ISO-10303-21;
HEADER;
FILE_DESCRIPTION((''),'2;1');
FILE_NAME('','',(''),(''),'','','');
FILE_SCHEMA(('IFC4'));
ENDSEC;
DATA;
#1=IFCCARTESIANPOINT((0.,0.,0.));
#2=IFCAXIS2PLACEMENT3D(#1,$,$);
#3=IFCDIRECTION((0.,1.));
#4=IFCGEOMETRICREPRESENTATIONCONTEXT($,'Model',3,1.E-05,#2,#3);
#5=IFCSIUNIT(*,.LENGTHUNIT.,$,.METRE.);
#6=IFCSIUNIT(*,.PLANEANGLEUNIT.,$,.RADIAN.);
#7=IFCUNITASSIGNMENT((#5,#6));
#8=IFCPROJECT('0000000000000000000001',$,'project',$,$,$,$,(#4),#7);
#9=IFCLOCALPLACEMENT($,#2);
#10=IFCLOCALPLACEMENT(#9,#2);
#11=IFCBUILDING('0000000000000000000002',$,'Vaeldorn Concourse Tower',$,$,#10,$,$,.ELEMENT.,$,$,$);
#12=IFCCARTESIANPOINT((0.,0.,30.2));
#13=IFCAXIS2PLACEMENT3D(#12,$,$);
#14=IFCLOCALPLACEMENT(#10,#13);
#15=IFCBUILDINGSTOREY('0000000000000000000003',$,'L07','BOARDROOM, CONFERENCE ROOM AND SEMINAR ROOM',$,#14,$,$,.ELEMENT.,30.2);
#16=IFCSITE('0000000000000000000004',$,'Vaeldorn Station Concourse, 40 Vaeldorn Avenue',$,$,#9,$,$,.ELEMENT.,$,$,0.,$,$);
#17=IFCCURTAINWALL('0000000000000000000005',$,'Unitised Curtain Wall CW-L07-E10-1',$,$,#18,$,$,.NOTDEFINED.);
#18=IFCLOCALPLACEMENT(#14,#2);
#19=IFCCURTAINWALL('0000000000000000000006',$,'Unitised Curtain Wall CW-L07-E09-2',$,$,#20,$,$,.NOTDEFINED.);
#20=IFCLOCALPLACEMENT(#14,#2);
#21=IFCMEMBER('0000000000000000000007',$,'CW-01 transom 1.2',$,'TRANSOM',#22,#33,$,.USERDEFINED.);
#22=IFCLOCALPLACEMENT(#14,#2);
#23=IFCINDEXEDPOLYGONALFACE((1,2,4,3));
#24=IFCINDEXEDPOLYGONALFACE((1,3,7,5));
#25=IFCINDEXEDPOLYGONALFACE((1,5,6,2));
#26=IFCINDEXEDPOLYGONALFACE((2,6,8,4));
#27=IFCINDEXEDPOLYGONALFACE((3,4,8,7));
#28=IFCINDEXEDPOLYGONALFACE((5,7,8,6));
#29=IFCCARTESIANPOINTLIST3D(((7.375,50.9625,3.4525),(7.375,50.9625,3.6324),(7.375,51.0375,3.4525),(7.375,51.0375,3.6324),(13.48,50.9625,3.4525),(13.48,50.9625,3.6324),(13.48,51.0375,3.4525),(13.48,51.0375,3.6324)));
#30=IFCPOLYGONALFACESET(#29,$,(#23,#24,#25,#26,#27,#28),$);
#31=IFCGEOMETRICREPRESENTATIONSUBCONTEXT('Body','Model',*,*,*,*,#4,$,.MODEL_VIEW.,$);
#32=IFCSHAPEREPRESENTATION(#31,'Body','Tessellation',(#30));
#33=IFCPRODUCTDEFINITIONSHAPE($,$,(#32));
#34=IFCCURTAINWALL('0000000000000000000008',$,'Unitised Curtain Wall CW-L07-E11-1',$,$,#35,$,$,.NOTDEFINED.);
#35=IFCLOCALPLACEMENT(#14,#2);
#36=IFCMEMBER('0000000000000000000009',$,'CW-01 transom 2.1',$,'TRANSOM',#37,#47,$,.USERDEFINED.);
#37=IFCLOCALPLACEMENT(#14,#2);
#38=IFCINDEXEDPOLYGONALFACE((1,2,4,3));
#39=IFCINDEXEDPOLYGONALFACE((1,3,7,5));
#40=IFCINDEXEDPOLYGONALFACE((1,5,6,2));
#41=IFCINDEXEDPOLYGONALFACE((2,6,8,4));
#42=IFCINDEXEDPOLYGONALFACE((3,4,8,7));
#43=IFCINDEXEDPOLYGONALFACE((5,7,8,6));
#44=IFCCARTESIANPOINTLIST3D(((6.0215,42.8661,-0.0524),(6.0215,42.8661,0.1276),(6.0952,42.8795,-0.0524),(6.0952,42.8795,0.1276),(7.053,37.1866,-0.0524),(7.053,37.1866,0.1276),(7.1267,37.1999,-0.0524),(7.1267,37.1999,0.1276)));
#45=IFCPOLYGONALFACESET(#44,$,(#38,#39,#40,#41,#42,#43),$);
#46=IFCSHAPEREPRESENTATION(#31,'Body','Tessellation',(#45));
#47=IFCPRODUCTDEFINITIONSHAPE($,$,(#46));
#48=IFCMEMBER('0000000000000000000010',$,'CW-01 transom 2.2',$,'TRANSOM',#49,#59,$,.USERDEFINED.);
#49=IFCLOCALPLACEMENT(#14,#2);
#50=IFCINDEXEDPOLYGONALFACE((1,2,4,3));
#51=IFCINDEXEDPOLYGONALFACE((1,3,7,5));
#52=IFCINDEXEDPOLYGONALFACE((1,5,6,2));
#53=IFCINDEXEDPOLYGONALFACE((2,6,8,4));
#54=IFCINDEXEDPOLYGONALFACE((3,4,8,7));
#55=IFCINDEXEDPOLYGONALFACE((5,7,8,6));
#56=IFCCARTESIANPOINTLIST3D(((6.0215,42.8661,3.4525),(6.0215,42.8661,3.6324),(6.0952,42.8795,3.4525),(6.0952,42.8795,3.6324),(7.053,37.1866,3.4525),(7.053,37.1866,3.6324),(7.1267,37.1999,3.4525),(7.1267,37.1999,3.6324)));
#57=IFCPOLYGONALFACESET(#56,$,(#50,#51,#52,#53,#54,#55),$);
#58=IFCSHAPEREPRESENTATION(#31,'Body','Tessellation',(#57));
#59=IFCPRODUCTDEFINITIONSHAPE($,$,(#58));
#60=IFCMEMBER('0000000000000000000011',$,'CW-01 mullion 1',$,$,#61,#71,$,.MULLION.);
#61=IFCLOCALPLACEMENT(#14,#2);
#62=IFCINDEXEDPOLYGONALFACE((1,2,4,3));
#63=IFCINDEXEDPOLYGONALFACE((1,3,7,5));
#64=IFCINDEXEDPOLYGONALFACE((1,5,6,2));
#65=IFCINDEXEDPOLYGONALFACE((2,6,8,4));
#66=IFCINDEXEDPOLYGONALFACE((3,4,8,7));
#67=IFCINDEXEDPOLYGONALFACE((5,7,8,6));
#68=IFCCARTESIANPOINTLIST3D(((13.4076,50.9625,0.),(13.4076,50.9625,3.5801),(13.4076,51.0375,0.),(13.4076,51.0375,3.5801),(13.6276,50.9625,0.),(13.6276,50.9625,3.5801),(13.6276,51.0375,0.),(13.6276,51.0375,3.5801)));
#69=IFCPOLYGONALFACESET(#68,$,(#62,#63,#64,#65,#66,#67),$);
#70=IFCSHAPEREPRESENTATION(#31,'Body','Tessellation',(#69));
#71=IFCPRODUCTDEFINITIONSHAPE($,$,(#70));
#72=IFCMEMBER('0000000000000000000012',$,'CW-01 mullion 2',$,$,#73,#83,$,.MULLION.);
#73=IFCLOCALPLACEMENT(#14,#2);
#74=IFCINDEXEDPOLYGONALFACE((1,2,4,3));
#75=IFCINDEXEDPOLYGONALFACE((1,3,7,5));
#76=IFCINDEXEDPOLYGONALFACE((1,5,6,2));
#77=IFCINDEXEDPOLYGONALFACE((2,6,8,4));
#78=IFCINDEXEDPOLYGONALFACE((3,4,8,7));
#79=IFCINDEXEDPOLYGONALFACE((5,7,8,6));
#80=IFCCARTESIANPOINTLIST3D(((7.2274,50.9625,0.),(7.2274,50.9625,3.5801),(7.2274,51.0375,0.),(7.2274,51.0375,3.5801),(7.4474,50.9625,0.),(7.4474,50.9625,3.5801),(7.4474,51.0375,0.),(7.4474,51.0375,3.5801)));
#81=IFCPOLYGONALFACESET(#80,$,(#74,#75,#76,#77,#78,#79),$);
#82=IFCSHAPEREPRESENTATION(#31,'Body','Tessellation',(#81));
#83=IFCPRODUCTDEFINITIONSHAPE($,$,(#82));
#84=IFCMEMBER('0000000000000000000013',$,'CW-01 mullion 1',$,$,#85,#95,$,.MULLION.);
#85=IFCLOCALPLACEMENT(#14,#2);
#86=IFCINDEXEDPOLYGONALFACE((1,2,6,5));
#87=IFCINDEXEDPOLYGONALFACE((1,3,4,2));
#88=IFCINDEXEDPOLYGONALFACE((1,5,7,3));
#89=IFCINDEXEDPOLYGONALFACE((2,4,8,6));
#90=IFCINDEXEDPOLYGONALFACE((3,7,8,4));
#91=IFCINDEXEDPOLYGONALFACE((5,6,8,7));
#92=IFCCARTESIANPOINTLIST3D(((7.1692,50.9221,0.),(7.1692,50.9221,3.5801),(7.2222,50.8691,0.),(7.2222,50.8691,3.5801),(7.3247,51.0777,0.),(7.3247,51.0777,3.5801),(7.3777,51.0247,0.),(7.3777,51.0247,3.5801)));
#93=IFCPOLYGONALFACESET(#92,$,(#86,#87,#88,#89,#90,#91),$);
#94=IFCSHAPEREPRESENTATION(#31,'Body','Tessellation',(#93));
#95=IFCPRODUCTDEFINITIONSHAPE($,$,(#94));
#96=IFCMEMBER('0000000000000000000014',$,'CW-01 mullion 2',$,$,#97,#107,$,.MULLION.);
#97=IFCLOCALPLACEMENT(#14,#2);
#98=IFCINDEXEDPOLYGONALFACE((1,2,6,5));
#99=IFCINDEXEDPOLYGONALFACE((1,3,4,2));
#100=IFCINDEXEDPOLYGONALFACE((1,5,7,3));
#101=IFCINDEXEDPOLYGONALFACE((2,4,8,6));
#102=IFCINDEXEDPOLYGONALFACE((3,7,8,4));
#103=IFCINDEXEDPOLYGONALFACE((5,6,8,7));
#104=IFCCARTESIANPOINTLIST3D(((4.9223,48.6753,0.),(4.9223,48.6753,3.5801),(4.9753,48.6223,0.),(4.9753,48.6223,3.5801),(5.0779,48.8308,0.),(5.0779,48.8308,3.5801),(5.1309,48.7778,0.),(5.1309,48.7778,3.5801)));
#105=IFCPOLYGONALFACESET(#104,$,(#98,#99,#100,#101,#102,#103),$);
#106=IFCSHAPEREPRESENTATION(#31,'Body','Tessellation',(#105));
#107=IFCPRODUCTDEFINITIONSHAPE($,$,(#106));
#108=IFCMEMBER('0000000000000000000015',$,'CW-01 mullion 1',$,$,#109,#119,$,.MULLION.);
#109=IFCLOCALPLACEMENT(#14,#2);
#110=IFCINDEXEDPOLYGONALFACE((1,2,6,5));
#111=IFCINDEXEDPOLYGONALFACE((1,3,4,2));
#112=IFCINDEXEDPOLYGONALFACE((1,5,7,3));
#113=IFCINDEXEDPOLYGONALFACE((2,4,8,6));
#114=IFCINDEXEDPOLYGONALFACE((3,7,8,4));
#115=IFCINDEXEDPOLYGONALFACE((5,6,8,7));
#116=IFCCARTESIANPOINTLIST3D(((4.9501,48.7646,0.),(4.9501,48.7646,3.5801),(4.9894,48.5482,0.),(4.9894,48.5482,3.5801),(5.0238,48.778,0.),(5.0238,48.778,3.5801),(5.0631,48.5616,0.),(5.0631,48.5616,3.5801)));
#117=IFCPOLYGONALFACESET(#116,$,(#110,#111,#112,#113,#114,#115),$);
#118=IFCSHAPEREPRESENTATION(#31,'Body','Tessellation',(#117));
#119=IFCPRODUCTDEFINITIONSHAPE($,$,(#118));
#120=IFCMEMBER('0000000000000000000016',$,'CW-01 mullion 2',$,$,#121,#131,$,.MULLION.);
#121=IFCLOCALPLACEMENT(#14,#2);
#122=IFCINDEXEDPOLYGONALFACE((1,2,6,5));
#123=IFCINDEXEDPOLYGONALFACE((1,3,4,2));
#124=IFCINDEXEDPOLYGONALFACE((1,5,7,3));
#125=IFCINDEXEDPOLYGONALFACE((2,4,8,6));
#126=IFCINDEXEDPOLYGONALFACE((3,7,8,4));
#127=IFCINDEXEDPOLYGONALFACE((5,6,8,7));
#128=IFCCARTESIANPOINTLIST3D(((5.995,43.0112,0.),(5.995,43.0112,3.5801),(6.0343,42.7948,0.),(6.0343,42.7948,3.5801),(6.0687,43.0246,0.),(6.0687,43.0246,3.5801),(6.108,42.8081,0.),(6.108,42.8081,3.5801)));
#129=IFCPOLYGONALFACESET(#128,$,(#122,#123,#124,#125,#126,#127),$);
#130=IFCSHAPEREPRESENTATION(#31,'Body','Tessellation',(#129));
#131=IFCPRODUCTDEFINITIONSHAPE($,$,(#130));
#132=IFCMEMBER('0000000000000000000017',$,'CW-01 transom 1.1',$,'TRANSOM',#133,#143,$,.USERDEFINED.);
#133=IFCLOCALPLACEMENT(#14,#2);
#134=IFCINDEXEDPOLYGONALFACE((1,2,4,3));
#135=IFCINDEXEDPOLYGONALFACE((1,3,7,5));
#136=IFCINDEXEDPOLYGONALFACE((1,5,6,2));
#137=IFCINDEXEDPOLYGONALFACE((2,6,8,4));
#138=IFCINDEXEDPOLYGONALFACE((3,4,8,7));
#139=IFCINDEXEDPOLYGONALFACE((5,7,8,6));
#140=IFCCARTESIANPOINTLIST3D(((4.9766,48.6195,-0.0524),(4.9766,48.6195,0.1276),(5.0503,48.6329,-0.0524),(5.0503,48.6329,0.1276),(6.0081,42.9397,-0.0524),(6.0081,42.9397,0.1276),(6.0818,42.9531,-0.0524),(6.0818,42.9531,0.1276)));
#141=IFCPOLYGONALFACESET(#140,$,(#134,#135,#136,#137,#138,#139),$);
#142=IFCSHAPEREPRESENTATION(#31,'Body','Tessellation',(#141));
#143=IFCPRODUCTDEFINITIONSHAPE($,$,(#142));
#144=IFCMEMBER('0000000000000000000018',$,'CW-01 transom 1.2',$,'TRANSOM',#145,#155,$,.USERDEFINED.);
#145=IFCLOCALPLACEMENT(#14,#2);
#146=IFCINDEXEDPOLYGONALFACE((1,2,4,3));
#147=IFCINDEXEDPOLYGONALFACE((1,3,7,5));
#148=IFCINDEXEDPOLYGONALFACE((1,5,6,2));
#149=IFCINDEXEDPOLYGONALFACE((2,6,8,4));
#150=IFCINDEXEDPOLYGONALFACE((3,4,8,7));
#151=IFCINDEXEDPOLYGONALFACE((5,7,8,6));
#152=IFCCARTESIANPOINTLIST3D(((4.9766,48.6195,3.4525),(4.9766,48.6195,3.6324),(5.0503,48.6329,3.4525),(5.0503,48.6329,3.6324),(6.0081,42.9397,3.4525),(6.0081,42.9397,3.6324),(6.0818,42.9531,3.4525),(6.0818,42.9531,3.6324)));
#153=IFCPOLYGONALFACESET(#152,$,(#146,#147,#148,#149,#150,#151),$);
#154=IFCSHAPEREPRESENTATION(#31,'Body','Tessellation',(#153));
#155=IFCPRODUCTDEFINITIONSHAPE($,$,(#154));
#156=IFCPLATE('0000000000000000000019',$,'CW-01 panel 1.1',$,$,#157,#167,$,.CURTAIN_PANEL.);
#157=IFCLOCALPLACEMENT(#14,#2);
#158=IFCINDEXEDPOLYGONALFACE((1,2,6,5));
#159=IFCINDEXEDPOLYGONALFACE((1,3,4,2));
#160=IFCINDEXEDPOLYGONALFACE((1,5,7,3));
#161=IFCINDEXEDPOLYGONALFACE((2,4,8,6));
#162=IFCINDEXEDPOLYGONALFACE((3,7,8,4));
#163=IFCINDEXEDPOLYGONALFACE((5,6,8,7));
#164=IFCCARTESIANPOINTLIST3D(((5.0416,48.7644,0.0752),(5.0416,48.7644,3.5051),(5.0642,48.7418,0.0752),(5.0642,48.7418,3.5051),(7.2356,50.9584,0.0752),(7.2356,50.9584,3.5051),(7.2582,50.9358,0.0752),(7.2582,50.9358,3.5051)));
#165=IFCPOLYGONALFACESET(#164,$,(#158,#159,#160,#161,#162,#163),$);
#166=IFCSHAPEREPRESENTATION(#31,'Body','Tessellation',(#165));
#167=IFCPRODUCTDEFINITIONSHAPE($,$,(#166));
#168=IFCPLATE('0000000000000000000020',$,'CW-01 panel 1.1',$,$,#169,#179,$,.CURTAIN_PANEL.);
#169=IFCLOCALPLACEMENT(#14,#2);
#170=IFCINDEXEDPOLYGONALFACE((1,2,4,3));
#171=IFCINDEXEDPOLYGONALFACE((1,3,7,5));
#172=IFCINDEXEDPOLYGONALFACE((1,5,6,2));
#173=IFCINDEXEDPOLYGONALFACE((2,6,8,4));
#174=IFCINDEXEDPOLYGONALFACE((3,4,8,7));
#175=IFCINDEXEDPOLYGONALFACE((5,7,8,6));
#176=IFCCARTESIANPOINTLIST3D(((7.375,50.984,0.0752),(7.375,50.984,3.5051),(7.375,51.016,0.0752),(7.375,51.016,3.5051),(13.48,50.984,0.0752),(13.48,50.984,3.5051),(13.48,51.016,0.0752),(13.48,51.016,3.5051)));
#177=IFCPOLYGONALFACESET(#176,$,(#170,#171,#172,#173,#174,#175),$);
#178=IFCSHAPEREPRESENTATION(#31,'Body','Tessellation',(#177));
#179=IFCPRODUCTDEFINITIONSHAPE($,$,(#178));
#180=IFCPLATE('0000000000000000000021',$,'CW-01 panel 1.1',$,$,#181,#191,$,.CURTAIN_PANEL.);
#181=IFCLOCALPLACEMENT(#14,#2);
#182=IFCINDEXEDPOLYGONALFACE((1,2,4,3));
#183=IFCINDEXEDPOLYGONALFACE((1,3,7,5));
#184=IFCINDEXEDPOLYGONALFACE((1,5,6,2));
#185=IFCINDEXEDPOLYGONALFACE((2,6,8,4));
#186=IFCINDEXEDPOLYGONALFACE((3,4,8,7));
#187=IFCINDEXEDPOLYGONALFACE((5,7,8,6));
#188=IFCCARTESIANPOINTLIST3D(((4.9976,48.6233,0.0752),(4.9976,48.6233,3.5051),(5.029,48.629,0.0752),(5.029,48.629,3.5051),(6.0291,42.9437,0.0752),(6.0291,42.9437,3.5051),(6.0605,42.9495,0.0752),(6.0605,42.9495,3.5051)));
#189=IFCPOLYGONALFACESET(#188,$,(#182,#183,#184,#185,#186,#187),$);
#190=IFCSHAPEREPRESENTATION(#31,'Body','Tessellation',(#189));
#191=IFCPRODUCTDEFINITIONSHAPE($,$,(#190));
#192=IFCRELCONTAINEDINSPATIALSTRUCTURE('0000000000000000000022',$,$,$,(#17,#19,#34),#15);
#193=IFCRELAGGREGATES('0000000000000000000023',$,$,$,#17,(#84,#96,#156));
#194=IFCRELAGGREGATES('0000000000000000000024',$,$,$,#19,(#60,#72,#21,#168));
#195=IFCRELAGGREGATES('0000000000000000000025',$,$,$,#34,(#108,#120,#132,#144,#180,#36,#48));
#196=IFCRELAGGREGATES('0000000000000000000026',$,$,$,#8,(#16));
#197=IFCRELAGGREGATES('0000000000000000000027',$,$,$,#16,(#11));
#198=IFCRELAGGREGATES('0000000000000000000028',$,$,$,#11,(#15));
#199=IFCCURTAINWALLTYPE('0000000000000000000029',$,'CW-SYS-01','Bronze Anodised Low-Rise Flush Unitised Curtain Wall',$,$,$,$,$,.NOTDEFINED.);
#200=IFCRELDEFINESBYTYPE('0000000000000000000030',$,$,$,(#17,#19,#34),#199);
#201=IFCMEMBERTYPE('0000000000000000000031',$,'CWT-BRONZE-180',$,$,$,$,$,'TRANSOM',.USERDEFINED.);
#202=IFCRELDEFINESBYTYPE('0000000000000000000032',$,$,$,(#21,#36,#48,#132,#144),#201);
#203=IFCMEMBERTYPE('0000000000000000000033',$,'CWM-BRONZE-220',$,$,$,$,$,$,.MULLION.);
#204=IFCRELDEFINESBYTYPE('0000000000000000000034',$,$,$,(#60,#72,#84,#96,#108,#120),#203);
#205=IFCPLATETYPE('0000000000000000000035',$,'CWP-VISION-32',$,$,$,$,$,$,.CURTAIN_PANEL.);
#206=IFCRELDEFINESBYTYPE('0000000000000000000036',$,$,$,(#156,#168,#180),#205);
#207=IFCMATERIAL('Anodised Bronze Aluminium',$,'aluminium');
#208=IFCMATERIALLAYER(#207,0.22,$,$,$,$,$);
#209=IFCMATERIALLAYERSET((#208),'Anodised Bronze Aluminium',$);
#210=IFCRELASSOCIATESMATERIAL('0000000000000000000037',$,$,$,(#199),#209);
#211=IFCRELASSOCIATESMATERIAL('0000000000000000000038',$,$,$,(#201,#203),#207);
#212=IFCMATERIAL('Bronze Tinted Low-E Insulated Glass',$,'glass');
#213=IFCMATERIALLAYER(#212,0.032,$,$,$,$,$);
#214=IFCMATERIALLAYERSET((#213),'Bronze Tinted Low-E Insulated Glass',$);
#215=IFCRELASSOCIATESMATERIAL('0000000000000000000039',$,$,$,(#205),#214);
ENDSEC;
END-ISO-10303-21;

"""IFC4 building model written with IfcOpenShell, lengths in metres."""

from ifc_helpers import new_model, si_unit, direction, frame, origin, origin_2d, place, context, subcontext, project, spatial, rectangle, extrude, source, transform, mapped, material, layer, layer_set, material_profile, profile_set, type_object, element, aggregate, save


model = new_model("IFC4")

# Units and contexts
model_context = context("Model", 3, precision=1e-05, world=origin(), true_north=direction((0.0, 1.0)))
body_context = subcontext(model_context, "Body", "Model", "MODEL_VIEW")
ifc_project = project(units=[si_unit("LENGTHUNIT", "METRE"), si_unit("PLANEANGLEUNIT", "RADIAN")], contexts=[model_context])

# Site, building, storey
site_placement = place(None, origin())
site = spatial("IfcSite", under=ifc_project, at=site_placement, Name="Vaeldorn Station Concourse, 40 Vaeldorn Avenue", CompositionType="ELEMENT", RefElevation=0.0)
building_placement = place(site_placement, origin())
building = spatial("IfcBuilding", under=site, at=building_placement, Name="Vaeldorn Concourse Tower", CompositionType="ELEMENT")
storey_placement = place(building_placement, frame((0.0, 0.0, 30.2)))
storey = spatial("IfcBuildingStorey", under=building, at=storey_placement, Name="L07", Description="BOARDROOM, CONFERENCE ROOM AND SEMINAR ROOM", CompositionType="ELEMENT", Elevation=30.2)

# Curtain walls, members
ifc_material_1 = material(Name="Anodised Bronze Aluminium", Category="aluminium")
ifc_layer_1 = layer(ifc_material_1, 0.22)
ifc_layer_set_1 = layer_set([ifc_layer_1], Name="Anodised Bronze Aluminium")
curtain_wall_type = type_object("IfcCurtainWallType", Name="CW-SYS-01", Description="Bronze Anodised Low-Rise Flush Unitised Curtain Wall", PredefinedType="NOTDEFINED", material=ifc_layer_set_1)
curtain_wall_1_placement = place(storey_placement, origin())
curtain_wall_1 = element("IfcCurtainWall", 1, at=curtain_wall_1_placement, inside=storey, type_object=curtain_wall_type, Name="Unitised Curtain Wall CW-L07-E10-1", PredefinedType="NOTDEFINED")
ifc_material_profile_1 = material_profile(ifc_material_1, rectangle(XDim=0.075, YDim=0.1799, at=origin_2d()), Name="CWT 75x180")
ifc_profile_set_1 = profile_set([ifc_material_profile_1], Name="Anodised Bronze Aluminium")
member_type_1 = type_object("IfcMemberType", Name="CWT-BRONZE-180", ElementType="TRANSOM", PredefinedType="USERDEFINED", material=ifc_profile_set_1)
curtain_wall_2_placement = place(storey_placement, origin())
curtain_wall_2 = element("IfcCurtainWall", 2, at=curtain_wall_2_placement, inside=storey, type_object=curtain_wall_type, Name="Unitised Curtain Wall CW-L07-E09-2", PredefinedType="NOTDEFINED")
shared_shape_1 = source(origin(), body_context, "Body", "SweptSolid", [
    extrude(rectangle(XDim=0.075, YDim=0.1799, at=origin_2d()), origin(), (0.0, 0.0, 1.0), 6.105),
])
member_1_placement = place(storey_placement, frame((13.48, 51.0, 3.5425), z_axis=(-1.0, 0.0, 0.0), x_axis=(0.0, -1.0, 0.0)))
member_1 = element("IfcMember", 3, at=member_1_placement, type_object=member_type_1, Name="CW-01 transom 1.2", ObjectType="TRANSOM", PredefinedType="USERDEFINED", context=body_context, shape_type="MappedRepresentation", body=[
    mapped(shared_shape_1, transform((0.0, 0.0, 0.0), scale=1.0)),
])
curtain_wall_3_placement = place(storey_placement, origin())
curtain_wall_3 = element("IfcCurtainWall", 4, at=curtain_wall_3_placement, inside=storey, type_object=curtain_wall_type, Name="Unitised Curtain Wall CW-L07-E11-1", PredefinedType="NOTDEFINED")
shared_shape_2 = source(origin(), body_context, "Body", "SweptSolid", [
    extrude(rectangle(XDim=0.075, YDim=0.1799, at=origin_2d()), origin(), (0.0, 0.0, 1.0), 5.7725),
])
member_2_placement = place(storey_placement, frame((6.0583, 42.8728, 0.0376), z_axis=(0.178696, -0.983904, 0.0), x_axis=(0.983904, 0.178696, 0.0)))
member_2 = element("IfcMember", 5, at=member_2_placement, type_object=member_type_1, Name="CW-01 transom 2.1", ObjectType="TRANSOM", PredefinedType="USERDEFINED", context=body_context, shape_type="MappedRepresentation", body=[
    mapped(shared_shape_2, transform((0.0, 0.0, 0.0), scale=1.0)),
])
member_3_placement = place(storey_placement, frame((6.0583, 42.8728, 3.5425), z_axis=(0.178696, -0.983904, 0.0), x_axis=(0.983904, 0.178696, 0.0)))
member_3 = element("IfcMember", 6, at=member_3_placement, type_object=member_type_1, Name="CW-01 transom 2.2", ObjectType="TRANSOM", PredefinedType="USERDEFINED", context=body_context, shape_type="MappedRepresentation", body=[
    mapped(shared_shape_2, transform((0.0, 0.0, 0.0), scale=1.0)),
])

# Members
ifc_material_profile_2 = material_profile(ifc_material_1, rectangle(XDim=0.075, YDim=0.22, at=origin_2d()), Name="CWM 75x220")
ifc_profile_set_2 = profile_set([ifc_material_profile_2], Name="Anodised Bronze Aluminium")
member_type_2 = type_object("IfcMemberType", Name="CWM-BRONZE-220", PredefinedType="MULLION", material=ifc_profile_set_2)
shared_shape_3 = source(origin(), body_context, "Body", "SweptSolid", [
    extrude(rectangle(XDim=0.075, YDim=0.22, at=origin_2d()), origin(), (0.0, 0.0, 1.0), 3.5801),
])
member_4_placement = place(storey_placement, frame((13.5176, 51.0, 0.0), z_axis=(0.0, 0.0, 1.0), x_axis=(0.0, -1.0, 0.0)))
member_4 = element("IfcMember", 7, at=member_4_placement, type_object=member_type_2, Name="CW-01 mullion 1", PredefinedType="MULLION", context=body_context, shape_type="MappedRepresentation", body=[
    mapped(shared_shape_3, transform((0.0, 0.0, 0.0), scale=1.0)),
])
member_5_placement = place(storey_placement, frame((7.3374, 51.0, 0.0), z_axis=(0.0, 0.0, 1.0), x_axis=(0.0, -1.0, 0.0)))
member_5 = element("IfcMember", 8, at=member_5_placement, type_object=member_type_2, Name="CW-01 mullion 2", PredefinedType="MULLION", context=body_context, shape_type="MappedRepresentation", body=[
    mapped(shared_shape_3, transform((0.0, 0.0, 0.0), scale=1.0)),
])
member_6_placement = place(storey_placement, frame((7.2734, 50.9734, 0.0), z_axis=(0.0, 0.0, 1.0), x_axis=(0.707107, -0.707107, 0.0)))
member_6 = element("IfcMember", 9, at=member_6_placement, type_object=member_type_2, Name="CW-01 mullion 1", PredefinedType="MULLION", context=body_context, shape_type="MappedRepresentation", body=[
    mapped(shared_shape_3, transform((0.0, 0.0, 0.0), scale=1.0)),
])
member_7_placement = place(storey_placement, frame((5.0266, 48.7266, 0.0), z_axis=(0.0, 0.0, 1.0), x_axis=(0.707107, -0.707107, 0.0)))
member_7 = element("IfcMember", 10, at=member_7_placement, type_object=member_type_2, Name="CW-01 mullion 2", PredefinedType="MULLION", context=body_context, shape_type="MappedRepresentation", body=[
    mapped(shared_shape_3, transform((0.0, 0.0, 0.0), scale=1.0)),
])
member_8_placement = place(storey_placement, frame((5.0066, 48.6631, 0.0), z_axis=(0.0, 0.0, 1.0), x_axis=(0.983905, 0.178693, 0.0)))
member_8 = element("IfcMember", 11, at=member_8_placement, type_object=member_type_2, Name="CW-01 mullion 1", PredefinedType="MULLION", context=body_context, shape_type="MappedRepresentation", body=[
    mapped(shared_shape_3, transform((0.0, 0.0, 0.0), scale=1.0)),
])
member_9_placement = place(storey_placement, frame((6.0515, 42.9097, 0.0), z_axis=(0.0, 0.0, 1.0), x_axis=(0.983905, 0.178693, 0.0)))
member_9 = element("IfcMember", 12, at=member_9_placement, type_object=member_type_2, Name="CW-01 mullion 2", PredefinedType="MULLION", context=body_context, shape_type="MappedRepresentation", body=[
    mapped(shared_shape_3, transform((0.0, 0.0, 0.0), scale=1.0)),
])
shared_shape_4 = source(origin(), body_context, "Body", "SweptSolid", [
    extrude(rectangle(XDim=0.075, YDim=0.1799, at=origin_2d()), origin(), (0.0, 0.0, 1.0), 5.7727),
])
member_10_placement = place(storey_placement, frame((5.0134, 48.6262, 0.0376), z_axis=(0.178688, -0.983906, 0.0), x_axis=(0.983906, 0.178688, 0.0)))
member_10 = element("IfcMember", 13, at=member_10_placement, type_object=member_type_1, Name="CW-01 transom 1.1", ObjectType="TRANSOM", PredefinedType="USERDEFINED", context=body_context, shape_type="MappedRepresentation", body=[
    mapped(shared_shape_4, transform((0.0, 0.0, 0.0), scale=1.0)),
])
member_11_placement = place(storey_placement, frame((5.0134, 48.6262, 3.5425), z_axis=(0.178688, -0.983906, 0.0), x_axis=(0.983906, 0.178688, 0.0)))
member_11 = element("IfcMember", 14, at=member_11_placement, type_object=member_type_1, Name="CW-01 transom 1.2", ObjectType="TRANSOM", PredefinedType="USERDEFINED", context=body_context, shape_type="MappedRepresentation", body=[
    mapped(shared_shape_4, transform((0.0, 0.0, 0.0), scale=1.0)),
])

# Plates
ifc_material_2 = material(Name="Bronze Tinted Low-E Insulated Glass", Category="glass")
ifc_layer_2 = layer(ifc_material_2, 0.032)
ifc_layer_set_2 = layer_set([ifc_layer_2], Name="Bronze Tinted Low-E Insulated Glass")
plate_type = type_object("IfcPlateType", Name="CWP-VISION-32", PredefinedType="CURTAIN_PANEL", material=ifc_layer_set_2)
shared_shape_5 = source(origin(), body_context, "Body", "SweptSolid", [
    extrude(rectangle(XDim=3.1028, YDim=0.032, at=origin_2d()), origin(), (0.0, 0.0, 1.0), 3.4299),
])
plate_1_placement = place(storey_placement, frame((6.1499, 49.8501, 0.0752), z_axis=(0.0, 0.0, 1.0), x_axis=(-0.707107, -0.707107, 0.0)))
plate_1 = element("IfcPlate", 15, at=plate_1_placement, type_object=plate_type, Name="CW-01 panel 1.1", PredefinedType="CURTAIN_PANEL", context=body_context, shape_type="MappedRepresentation", body=[
    mapped(shared_shape_5, transform((0.0, 0.0, 0.0), scale=1.0)),
])
aggregate(curtain_wall_1, [member_6, member_7, plate_1])
shared_shape_6 = source(origin(), body_context, "Body", "SweptSolid", [
    extrude(rectangle(XDim=6.105, YDim=0.032, at=origin_2d()), origin(), (0.0, 0.0, 1.0), 3.4299),
])
plate_2_placement = place(storey_placement, frame((10.4275, 51.0, 0.0752), z_axis=(0.0, 0.0, 1.0), x_axis=(-1.0, 0.0, 0.0)))
plate_2 = element("IfcPlate", 16, at=plate_2_placement, type_object=plate_type, Name="CW-01 panel 1.1", PredefinedType="CURTAIN_PANEL", context=body_context, shape_type="MappedRepresentation", body=[
    mapped(shared_shape_6, transform((0.0, 0.0, 0.0), scale=1.0)),
])
aggregate(curtain_wall_2, [member_4, member_5, member_1, plate_2])
shared_shape_7 = source(origin(), body_context, "Body", "SweptSolid", [
    extrude(rectangle(XDim=5.7725, YDim=0.032, at=origin_2d()), origin(), (0.0, 0.0, 1.0), 3.4299),
])
plate_3_placement = place(storey_placement, frame((5.5291, 45.7864, 0.0752), z_axis=(0.0, 0.0, 1.0), x_axis=(0.178693, -0.983905, 0.0)))
plate_3 = element("IfcPlate", 17, at=plate_3_placement, type_object=plate_type, Name="CW-01 panel 1.1", PredefinedType="CURTAIN_PANEL", context=body_context, shape_type="MappedRepresentation", body=[
    mapped(shared_shape_7, transform((0.0, 0.0, 0.0), scale=1.0)),
])
aggregate(curtain_wall_3, [member_8, member_9, member_10, member_11, plate_3, member_2, member_3])

save(model, "model.ifc")
